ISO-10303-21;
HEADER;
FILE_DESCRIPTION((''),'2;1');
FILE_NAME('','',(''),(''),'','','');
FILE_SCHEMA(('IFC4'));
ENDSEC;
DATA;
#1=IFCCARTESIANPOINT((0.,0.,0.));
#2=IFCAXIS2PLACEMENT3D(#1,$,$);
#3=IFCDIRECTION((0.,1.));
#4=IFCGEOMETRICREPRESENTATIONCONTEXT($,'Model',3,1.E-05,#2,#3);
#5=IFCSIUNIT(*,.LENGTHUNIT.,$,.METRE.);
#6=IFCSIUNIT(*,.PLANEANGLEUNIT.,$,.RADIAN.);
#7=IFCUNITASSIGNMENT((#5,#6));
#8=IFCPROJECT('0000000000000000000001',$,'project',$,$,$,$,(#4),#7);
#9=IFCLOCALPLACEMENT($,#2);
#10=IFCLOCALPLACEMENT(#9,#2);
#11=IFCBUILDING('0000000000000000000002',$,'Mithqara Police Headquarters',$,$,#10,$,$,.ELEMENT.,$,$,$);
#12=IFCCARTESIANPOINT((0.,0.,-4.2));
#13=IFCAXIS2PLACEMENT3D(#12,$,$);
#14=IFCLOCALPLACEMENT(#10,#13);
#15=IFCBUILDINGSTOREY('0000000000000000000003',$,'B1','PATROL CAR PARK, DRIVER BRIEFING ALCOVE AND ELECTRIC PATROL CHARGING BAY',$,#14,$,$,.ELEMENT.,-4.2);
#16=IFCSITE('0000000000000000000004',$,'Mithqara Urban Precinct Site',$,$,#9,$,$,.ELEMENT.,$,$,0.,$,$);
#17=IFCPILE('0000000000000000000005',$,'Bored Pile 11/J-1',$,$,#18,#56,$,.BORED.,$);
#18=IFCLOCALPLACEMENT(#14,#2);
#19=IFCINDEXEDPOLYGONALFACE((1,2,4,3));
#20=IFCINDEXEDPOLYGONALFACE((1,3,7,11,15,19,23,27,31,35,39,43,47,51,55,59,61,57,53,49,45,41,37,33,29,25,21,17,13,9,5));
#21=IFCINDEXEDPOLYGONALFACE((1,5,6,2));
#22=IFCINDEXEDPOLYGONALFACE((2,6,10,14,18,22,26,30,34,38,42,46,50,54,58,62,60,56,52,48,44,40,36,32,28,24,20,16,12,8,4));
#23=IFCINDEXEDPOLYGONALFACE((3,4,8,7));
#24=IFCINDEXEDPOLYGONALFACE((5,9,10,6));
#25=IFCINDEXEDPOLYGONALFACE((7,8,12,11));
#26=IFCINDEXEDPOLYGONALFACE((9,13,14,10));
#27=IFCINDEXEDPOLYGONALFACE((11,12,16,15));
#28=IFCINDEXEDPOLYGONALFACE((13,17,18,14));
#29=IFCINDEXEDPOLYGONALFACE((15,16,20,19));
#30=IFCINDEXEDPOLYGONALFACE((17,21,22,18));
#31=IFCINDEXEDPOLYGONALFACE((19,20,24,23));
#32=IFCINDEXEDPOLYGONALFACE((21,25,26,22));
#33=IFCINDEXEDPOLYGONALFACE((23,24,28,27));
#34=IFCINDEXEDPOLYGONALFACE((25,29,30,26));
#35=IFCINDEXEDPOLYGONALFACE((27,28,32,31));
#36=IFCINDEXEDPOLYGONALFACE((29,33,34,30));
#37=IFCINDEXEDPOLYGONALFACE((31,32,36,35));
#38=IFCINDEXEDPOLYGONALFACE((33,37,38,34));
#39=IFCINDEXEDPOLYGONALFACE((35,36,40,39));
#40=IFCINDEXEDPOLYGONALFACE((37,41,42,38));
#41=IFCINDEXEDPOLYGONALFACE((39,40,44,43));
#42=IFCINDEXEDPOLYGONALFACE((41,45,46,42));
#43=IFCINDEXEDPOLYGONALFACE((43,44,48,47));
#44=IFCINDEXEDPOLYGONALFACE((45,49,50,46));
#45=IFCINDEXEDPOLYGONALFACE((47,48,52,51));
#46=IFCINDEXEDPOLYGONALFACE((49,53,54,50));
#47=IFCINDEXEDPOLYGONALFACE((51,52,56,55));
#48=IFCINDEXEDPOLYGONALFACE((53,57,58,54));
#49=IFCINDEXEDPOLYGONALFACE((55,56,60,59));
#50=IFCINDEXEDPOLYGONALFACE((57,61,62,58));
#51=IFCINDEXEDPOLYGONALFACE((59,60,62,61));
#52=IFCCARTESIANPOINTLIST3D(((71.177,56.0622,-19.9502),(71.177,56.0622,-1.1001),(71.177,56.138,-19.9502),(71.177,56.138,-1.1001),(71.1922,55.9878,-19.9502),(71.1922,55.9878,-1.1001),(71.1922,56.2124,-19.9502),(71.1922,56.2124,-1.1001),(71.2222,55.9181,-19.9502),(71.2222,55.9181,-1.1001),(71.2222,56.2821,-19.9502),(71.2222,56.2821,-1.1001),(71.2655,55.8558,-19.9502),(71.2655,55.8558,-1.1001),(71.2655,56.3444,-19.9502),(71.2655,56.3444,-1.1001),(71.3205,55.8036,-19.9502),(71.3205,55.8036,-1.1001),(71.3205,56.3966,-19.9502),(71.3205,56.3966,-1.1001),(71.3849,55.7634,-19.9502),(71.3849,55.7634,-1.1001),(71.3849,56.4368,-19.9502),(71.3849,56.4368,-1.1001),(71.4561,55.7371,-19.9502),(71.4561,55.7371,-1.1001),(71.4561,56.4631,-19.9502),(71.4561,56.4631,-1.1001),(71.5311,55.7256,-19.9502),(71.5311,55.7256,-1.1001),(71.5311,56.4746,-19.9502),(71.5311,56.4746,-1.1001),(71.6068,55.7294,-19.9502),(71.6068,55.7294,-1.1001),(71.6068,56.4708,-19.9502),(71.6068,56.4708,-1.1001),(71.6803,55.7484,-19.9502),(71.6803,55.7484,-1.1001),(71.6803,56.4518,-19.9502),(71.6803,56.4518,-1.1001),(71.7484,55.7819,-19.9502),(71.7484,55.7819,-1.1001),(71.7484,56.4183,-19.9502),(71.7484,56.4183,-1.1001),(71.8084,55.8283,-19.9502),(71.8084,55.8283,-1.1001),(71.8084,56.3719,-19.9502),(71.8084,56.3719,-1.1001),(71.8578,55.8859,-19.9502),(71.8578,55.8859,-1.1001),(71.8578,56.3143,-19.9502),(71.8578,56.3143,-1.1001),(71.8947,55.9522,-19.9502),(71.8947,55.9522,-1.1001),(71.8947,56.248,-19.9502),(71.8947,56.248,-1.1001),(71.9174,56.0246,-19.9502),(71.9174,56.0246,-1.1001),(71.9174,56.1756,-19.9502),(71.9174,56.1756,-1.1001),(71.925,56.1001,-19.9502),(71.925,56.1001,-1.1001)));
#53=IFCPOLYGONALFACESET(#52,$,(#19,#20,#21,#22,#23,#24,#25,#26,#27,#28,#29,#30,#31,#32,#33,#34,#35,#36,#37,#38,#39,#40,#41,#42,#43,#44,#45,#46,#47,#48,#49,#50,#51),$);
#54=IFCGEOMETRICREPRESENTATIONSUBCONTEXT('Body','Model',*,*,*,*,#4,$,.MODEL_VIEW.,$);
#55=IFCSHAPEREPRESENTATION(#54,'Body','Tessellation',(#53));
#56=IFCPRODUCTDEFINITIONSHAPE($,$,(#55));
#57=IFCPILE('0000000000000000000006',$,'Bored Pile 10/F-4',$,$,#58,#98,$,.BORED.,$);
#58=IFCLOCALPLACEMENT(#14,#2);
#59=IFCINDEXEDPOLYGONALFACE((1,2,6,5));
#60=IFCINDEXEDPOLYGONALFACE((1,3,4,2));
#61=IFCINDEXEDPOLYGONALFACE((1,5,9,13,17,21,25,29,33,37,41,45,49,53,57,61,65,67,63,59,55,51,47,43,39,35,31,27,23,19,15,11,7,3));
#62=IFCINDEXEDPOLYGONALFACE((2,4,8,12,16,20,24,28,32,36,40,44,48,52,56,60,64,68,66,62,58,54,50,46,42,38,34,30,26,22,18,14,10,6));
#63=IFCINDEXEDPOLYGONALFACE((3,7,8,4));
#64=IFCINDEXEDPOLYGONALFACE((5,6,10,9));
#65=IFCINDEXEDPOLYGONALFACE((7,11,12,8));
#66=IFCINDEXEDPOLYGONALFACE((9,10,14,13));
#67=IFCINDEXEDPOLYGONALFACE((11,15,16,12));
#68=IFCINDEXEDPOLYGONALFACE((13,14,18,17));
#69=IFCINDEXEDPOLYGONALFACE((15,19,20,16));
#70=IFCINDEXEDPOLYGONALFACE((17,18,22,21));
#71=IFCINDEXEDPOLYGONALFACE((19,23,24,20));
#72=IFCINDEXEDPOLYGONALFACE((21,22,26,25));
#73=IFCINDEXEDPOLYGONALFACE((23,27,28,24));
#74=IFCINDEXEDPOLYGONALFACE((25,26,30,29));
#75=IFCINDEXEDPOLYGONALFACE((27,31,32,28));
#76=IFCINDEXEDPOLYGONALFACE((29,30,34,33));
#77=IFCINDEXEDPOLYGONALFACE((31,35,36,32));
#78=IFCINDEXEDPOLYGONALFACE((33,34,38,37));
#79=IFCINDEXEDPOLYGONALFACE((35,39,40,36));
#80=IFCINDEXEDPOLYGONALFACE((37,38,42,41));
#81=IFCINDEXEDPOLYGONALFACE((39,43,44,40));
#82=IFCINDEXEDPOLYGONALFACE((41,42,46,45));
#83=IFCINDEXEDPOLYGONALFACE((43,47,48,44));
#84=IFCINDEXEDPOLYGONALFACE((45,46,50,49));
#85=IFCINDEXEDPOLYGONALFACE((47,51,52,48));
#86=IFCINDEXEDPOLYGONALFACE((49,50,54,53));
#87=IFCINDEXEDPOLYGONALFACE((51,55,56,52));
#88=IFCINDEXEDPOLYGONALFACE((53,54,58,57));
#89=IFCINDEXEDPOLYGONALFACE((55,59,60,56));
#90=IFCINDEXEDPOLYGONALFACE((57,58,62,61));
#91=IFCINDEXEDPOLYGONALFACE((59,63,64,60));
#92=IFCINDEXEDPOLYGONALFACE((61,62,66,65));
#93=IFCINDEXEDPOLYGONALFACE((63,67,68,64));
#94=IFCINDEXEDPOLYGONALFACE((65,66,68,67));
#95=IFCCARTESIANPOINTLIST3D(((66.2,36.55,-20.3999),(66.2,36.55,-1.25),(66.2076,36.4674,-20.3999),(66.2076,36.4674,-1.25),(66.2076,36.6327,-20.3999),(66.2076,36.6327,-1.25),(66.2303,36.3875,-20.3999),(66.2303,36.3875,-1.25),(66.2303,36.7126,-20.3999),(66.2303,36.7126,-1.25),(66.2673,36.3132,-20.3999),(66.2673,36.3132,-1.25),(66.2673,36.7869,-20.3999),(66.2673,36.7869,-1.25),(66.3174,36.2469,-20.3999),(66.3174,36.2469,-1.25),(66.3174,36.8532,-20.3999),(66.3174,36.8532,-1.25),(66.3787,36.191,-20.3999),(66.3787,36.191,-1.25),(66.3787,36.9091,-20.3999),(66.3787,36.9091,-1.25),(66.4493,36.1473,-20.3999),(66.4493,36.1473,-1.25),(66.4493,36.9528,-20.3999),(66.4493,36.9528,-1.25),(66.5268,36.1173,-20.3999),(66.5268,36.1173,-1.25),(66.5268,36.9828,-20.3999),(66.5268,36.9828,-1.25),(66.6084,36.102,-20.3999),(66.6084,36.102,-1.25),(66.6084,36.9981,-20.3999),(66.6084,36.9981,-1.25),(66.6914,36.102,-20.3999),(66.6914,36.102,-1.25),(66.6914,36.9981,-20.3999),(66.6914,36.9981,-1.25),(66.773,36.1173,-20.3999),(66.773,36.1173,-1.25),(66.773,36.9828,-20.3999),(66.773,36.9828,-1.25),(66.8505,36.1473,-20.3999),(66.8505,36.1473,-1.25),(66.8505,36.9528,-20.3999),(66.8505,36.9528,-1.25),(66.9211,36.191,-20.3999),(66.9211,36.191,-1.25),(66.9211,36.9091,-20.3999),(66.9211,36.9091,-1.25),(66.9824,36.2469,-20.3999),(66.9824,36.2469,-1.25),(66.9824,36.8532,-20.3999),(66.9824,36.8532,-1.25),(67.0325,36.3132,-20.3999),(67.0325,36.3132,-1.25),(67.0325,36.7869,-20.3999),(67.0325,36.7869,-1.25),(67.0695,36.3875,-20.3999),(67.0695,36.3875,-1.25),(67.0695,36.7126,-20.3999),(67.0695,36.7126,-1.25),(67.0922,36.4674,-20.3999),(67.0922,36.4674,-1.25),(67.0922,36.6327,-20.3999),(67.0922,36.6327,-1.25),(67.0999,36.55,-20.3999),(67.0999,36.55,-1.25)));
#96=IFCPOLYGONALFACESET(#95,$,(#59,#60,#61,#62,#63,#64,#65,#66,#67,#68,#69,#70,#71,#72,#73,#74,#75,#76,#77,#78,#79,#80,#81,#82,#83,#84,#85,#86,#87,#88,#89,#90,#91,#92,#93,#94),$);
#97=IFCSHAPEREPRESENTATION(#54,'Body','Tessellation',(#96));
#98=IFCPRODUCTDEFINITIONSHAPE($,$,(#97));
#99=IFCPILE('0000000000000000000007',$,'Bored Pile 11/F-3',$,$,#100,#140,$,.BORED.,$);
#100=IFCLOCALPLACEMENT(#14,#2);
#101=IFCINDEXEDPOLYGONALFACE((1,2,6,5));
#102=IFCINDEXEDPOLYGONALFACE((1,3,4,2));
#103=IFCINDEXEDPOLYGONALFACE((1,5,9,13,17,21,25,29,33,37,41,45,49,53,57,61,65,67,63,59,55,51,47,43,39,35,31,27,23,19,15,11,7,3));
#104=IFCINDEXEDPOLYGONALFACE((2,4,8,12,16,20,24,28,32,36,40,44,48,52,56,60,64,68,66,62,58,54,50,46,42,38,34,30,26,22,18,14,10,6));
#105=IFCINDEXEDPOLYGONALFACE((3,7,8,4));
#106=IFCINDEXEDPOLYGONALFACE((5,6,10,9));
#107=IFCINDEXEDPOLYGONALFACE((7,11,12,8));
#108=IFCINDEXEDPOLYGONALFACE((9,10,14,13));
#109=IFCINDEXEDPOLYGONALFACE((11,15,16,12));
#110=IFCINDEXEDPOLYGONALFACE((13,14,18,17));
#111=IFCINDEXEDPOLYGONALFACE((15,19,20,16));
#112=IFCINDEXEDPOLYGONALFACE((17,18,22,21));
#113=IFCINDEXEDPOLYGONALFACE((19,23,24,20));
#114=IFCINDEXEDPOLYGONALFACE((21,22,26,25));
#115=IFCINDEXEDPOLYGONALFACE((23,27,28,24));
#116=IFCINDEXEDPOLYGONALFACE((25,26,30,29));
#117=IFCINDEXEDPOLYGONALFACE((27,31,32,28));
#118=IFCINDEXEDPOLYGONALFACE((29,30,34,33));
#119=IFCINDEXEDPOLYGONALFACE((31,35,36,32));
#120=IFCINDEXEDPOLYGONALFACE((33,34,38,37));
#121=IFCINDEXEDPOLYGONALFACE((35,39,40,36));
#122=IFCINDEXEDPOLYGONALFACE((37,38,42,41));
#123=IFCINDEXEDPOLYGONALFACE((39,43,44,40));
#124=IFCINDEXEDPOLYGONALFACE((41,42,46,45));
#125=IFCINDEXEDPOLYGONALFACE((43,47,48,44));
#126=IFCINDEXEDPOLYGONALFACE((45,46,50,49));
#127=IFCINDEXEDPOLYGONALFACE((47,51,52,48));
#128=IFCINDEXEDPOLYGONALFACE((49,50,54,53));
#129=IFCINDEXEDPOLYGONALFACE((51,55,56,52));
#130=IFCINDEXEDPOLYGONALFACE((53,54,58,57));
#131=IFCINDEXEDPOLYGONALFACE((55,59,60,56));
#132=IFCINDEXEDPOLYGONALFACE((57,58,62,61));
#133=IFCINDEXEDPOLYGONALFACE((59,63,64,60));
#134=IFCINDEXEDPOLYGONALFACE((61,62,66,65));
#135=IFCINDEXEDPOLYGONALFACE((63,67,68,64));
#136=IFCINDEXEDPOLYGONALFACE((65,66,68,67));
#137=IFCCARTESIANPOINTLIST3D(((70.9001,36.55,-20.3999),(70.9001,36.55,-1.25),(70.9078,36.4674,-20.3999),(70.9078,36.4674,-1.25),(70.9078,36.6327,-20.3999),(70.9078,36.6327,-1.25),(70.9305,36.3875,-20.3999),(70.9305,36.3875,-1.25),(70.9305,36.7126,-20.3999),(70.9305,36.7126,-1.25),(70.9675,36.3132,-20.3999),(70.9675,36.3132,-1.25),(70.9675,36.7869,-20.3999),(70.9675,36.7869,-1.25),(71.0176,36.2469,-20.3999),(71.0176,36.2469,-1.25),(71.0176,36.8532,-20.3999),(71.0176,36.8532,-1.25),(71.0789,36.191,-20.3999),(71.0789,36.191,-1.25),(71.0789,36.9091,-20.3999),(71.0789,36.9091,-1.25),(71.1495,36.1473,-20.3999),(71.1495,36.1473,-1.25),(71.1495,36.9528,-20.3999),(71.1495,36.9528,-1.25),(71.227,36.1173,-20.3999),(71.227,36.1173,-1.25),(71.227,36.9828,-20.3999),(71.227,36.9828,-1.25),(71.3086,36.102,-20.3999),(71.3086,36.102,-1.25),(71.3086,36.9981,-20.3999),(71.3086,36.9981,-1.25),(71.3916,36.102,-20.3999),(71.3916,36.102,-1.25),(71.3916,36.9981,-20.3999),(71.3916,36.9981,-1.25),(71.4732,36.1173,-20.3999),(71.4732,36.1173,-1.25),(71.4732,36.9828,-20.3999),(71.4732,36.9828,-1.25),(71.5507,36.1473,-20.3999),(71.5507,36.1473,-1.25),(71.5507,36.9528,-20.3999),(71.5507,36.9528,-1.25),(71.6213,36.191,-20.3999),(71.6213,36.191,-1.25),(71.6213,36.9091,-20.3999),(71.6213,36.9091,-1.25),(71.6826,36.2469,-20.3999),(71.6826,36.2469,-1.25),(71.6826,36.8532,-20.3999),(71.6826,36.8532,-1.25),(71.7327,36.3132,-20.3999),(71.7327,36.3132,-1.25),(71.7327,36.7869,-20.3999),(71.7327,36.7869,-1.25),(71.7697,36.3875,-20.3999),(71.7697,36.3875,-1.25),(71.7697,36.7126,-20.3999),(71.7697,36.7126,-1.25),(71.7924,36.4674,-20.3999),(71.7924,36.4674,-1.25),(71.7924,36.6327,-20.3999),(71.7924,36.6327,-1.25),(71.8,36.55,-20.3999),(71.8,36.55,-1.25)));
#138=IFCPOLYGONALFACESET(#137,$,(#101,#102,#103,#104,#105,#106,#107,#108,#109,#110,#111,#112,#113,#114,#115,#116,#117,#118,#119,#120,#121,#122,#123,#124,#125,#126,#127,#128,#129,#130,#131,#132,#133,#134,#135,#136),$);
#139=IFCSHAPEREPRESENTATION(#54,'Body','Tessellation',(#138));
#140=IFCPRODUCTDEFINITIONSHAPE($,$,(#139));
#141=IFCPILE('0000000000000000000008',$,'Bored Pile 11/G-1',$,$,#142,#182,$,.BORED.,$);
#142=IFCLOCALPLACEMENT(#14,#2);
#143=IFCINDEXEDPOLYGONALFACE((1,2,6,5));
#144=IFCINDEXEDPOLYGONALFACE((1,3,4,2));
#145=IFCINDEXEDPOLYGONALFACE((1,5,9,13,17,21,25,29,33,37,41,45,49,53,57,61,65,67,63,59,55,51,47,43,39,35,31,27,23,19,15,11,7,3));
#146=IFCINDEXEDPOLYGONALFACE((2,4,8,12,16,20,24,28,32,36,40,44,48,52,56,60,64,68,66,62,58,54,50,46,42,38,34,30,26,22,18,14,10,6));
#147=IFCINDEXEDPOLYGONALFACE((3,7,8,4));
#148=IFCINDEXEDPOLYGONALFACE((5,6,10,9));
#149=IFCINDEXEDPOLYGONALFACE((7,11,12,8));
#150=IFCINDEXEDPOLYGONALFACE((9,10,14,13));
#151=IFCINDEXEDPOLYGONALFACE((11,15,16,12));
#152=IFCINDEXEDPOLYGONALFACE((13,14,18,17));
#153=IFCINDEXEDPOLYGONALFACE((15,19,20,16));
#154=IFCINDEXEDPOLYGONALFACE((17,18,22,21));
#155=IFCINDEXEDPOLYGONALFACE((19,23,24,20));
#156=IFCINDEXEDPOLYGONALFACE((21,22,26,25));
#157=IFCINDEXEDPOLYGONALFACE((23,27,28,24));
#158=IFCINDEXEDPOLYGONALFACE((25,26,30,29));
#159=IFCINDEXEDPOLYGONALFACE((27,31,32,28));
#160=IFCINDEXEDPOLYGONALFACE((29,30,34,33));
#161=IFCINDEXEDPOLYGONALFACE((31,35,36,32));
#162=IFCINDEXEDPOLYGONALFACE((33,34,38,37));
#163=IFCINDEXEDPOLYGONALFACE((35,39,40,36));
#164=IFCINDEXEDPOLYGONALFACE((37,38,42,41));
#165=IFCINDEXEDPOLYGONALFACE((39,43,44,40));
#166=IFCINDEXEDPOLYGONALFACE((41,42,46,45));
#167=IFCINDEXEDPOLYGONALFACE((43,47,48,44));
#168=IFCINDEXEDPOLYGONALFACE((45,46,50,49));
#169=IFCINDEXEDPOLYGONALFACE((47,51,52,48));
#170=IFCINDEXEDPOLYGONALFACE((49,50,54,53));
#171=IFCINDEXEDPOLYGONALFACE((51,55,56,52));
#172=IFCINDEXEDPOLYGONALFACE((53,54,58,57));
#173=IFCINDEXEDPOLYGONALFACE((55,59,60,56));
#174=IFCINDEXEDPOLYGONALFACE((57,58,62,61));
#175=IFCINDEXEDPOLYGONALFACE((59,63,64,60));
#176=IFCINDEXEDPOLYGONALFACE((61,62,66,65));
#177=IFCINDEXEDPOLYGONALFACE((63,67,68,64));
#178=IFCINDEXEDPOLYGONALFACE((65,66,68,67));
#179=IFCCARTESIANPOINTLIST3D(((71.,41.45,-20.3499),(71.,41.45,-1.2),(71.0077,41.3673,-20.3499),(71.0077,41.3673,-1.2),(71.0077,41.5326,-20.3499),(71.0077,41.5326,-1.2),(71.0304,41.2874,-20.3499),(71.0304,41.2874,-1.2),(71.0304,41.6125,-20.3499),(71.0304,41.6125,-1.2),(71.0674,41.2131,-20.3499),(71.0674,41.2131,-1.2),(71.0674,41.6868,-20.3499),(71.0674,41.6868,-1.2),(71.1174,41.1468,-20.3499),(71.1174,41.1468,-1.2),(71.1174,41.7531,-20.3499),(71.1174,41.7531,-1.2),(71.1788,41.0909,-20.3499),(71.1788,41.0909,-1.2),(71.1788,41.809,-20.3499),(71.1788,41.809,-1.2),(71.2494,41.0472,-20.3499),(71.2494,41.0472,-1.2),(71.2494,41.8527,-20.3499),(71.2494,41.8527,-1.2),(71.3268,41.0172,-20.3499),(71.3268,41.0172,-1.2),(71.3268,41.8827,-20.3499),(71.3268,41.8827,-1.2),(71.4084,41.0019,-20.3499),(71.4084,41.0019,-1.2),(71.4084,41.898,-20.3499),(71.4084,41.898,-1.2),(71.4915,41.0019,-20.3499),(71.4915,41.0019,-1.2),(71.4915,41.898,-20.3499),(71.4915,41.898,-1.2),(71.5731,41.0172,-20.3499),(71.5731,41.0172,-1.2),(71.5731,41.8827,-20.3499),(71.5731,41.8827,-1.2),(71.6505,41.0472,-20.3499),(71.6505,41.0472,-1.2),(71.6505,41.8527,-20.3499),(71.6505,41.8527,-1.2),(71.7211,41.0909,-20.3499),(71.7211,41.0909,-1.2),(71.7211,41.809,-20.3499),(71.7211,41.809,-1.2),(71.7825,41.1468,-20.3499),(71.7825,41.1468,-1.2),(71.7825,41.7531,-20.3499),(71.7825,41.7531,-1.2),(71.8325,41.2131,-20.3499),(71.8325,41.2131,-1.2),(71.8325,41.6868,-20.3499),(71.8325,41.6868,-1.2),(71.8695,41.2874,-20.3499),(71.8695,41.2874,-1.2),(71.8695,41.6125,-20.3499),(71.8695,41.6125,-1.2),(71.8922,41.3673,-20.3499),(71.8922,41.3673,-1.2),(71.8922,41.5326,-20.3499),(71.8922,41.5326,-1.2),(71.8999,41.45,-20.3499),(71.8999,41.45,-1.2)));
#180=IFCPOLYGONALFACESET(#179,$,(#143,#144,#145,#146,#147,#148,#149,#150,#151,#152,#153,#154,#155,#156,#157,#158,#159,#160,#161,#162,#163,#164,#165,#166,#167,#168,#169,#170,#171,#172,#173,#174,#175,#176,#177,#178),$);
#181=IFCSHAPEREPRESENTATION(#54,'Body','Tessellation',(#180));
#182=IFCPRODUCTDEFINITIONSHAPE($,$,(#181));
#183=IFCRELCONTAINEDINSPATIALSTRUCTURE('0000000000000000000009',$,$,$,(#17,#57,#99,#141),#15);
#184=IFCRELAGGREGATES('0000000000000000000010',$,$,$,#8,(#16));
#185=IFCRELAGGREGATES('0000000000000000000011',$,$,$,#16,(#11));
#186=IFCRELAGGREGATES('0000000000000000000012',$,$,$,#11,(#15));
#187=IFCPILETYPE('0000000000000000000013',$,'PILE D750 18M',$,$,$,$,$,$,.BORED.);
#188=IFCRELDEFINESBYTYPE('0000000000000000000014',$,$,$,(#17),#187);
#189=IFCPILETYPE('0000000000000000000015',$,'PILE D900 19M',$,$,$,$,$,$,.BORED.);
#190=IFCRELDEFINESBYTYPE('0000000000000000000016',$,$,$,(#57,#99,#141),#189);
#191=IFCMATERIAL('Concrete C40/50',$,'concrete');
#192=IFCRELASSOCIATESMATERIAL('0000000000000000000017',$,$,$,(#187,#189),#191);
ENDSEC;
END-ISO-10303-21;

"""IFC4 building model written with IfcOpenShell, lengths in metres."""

from ifc_helpers import new_model, si_unit, direction, frame, origin, origin_2d, place, context, subcontext, project, spatial, circle, extrude, material, material_profile, profile_set, type_object, element, save


model = new_model("IFC4")

# Units and contexts
model_context = context("Model", 3, precision=1e-05, world=origin(), true_north=direction((0.0, 1.0)))
body_context = subcontext(model_context, "Body", "Model", "MODEL_VIEW")
ifc_project = project(units=[si_unit("LENGTHUNIT", "METRE"), si_unit("PLANEANGLEUNIT", "RADIAN")], contexts=[model_context])

# Site, building, storey
site_placement = place(None, origin())
site = spatial("IfcSite", under=ifc_project, at=site_placement, Name="Mithqara Urban Precinct Site", CompositionType="ELEMENT", RefElevation=0.0)
building_placement = place(site_placement, origin())
building = spatial("IfcBuilding", under=site, at=building_placement, Name="Mithqara Police Headquarters", CompositionType="ELEMENT")
storey_placement = place(building_placement, frame((0.0, 0.0, -4.2)))
storey = spatial("IfcBuildingStorey", under=building, at=storey_placement, Name="B1", Description="PATROL CAR PARK, DRIVER BRIEFING ALCOVE AND ELECTRIC PATROL CHARGING BAY", CompositionType="ELEMENT", Elevation=-4.2)

# Piles
ifc_material_1 = material(Name="Concrete C40/50", Category="concrete")
ifc_material_profile_1 = material_profile(ifc_material_1, circle(Radius=0.375, at=origin_2d()), Name="PILE D750")
ifc_profile_set_1 = profile_set([ifc_material_profile_1], Name="Concrete C40/50")
pile_type_1 = type_object("IfcPileType", Name="PILE D750 18M", PredefinedType="BORED", material=ifc_profile_set_1)
pile_placement = place(storey_placement, frame((71.55, 56.1001, -1.1001), z_axis=(0.0, 0.0, -1.0), x_axis=(1.0, 0.0, 0.0)))
element("IfcPile", 1, at=pile_placement, inside=storey, type_object=pile_type_1, Name="Bored Pile 11/J-1", PredefinedType="BORED", context=body_context, shape_type="SweptSolid", body=[
    extrude(circle(Radius=0.375, at=origin_2d()), origin(), (0.0, 0.0, 1.0), 18.8501),
])
ifc_material_profile_2 = material_profile(ifc_material_1, circle(Radius=0.45, at=origin_2d()), Name="PILE D900")
ifc_profile_set_2 = profile_set([ifc_material_profile_2], Name="Concrete C40/50")
pile_type_2 = type_object("IfcPileType", Name="PILE D900 19M", PredefinedType="BORED", material=ifc_profile_set_2)
for number, where, z_axis, x_axis, name in (
    (2, (66.6499, 36.55, -1.25), (0.0, 0.0, -1.0), (1.0, 0.0, 0.0), "Bored Pile 10/F-4"),
    (3, (71.3501, 36.55, -1.25), (0.0, 0.0, -1.0), (1.0, 0.0, 0.0), "Bored Pile 11/F-3"),
    (4, (71.45, 41.45, -1.2), (0.0, 0.0, -1.0), (1.0, 0.0, 0.0), "Bored Pile 11/G-1"),
):
    element("IfcPile", number, at=place(storey_placement, frame(where, z_axis=z_axis, x_axis=x_axis)), inside=storey, type_object=pile_type_2, Name=name, PredefinedType="BORED", context=body_context, shape_type="SweptSolid", body=[
        extrude(circle(Radius=0.45, at=origin_2d()), origin(), (0.0, 0.0, 1.0), 19.1499),
    ])

save(model, "model.ifc")
